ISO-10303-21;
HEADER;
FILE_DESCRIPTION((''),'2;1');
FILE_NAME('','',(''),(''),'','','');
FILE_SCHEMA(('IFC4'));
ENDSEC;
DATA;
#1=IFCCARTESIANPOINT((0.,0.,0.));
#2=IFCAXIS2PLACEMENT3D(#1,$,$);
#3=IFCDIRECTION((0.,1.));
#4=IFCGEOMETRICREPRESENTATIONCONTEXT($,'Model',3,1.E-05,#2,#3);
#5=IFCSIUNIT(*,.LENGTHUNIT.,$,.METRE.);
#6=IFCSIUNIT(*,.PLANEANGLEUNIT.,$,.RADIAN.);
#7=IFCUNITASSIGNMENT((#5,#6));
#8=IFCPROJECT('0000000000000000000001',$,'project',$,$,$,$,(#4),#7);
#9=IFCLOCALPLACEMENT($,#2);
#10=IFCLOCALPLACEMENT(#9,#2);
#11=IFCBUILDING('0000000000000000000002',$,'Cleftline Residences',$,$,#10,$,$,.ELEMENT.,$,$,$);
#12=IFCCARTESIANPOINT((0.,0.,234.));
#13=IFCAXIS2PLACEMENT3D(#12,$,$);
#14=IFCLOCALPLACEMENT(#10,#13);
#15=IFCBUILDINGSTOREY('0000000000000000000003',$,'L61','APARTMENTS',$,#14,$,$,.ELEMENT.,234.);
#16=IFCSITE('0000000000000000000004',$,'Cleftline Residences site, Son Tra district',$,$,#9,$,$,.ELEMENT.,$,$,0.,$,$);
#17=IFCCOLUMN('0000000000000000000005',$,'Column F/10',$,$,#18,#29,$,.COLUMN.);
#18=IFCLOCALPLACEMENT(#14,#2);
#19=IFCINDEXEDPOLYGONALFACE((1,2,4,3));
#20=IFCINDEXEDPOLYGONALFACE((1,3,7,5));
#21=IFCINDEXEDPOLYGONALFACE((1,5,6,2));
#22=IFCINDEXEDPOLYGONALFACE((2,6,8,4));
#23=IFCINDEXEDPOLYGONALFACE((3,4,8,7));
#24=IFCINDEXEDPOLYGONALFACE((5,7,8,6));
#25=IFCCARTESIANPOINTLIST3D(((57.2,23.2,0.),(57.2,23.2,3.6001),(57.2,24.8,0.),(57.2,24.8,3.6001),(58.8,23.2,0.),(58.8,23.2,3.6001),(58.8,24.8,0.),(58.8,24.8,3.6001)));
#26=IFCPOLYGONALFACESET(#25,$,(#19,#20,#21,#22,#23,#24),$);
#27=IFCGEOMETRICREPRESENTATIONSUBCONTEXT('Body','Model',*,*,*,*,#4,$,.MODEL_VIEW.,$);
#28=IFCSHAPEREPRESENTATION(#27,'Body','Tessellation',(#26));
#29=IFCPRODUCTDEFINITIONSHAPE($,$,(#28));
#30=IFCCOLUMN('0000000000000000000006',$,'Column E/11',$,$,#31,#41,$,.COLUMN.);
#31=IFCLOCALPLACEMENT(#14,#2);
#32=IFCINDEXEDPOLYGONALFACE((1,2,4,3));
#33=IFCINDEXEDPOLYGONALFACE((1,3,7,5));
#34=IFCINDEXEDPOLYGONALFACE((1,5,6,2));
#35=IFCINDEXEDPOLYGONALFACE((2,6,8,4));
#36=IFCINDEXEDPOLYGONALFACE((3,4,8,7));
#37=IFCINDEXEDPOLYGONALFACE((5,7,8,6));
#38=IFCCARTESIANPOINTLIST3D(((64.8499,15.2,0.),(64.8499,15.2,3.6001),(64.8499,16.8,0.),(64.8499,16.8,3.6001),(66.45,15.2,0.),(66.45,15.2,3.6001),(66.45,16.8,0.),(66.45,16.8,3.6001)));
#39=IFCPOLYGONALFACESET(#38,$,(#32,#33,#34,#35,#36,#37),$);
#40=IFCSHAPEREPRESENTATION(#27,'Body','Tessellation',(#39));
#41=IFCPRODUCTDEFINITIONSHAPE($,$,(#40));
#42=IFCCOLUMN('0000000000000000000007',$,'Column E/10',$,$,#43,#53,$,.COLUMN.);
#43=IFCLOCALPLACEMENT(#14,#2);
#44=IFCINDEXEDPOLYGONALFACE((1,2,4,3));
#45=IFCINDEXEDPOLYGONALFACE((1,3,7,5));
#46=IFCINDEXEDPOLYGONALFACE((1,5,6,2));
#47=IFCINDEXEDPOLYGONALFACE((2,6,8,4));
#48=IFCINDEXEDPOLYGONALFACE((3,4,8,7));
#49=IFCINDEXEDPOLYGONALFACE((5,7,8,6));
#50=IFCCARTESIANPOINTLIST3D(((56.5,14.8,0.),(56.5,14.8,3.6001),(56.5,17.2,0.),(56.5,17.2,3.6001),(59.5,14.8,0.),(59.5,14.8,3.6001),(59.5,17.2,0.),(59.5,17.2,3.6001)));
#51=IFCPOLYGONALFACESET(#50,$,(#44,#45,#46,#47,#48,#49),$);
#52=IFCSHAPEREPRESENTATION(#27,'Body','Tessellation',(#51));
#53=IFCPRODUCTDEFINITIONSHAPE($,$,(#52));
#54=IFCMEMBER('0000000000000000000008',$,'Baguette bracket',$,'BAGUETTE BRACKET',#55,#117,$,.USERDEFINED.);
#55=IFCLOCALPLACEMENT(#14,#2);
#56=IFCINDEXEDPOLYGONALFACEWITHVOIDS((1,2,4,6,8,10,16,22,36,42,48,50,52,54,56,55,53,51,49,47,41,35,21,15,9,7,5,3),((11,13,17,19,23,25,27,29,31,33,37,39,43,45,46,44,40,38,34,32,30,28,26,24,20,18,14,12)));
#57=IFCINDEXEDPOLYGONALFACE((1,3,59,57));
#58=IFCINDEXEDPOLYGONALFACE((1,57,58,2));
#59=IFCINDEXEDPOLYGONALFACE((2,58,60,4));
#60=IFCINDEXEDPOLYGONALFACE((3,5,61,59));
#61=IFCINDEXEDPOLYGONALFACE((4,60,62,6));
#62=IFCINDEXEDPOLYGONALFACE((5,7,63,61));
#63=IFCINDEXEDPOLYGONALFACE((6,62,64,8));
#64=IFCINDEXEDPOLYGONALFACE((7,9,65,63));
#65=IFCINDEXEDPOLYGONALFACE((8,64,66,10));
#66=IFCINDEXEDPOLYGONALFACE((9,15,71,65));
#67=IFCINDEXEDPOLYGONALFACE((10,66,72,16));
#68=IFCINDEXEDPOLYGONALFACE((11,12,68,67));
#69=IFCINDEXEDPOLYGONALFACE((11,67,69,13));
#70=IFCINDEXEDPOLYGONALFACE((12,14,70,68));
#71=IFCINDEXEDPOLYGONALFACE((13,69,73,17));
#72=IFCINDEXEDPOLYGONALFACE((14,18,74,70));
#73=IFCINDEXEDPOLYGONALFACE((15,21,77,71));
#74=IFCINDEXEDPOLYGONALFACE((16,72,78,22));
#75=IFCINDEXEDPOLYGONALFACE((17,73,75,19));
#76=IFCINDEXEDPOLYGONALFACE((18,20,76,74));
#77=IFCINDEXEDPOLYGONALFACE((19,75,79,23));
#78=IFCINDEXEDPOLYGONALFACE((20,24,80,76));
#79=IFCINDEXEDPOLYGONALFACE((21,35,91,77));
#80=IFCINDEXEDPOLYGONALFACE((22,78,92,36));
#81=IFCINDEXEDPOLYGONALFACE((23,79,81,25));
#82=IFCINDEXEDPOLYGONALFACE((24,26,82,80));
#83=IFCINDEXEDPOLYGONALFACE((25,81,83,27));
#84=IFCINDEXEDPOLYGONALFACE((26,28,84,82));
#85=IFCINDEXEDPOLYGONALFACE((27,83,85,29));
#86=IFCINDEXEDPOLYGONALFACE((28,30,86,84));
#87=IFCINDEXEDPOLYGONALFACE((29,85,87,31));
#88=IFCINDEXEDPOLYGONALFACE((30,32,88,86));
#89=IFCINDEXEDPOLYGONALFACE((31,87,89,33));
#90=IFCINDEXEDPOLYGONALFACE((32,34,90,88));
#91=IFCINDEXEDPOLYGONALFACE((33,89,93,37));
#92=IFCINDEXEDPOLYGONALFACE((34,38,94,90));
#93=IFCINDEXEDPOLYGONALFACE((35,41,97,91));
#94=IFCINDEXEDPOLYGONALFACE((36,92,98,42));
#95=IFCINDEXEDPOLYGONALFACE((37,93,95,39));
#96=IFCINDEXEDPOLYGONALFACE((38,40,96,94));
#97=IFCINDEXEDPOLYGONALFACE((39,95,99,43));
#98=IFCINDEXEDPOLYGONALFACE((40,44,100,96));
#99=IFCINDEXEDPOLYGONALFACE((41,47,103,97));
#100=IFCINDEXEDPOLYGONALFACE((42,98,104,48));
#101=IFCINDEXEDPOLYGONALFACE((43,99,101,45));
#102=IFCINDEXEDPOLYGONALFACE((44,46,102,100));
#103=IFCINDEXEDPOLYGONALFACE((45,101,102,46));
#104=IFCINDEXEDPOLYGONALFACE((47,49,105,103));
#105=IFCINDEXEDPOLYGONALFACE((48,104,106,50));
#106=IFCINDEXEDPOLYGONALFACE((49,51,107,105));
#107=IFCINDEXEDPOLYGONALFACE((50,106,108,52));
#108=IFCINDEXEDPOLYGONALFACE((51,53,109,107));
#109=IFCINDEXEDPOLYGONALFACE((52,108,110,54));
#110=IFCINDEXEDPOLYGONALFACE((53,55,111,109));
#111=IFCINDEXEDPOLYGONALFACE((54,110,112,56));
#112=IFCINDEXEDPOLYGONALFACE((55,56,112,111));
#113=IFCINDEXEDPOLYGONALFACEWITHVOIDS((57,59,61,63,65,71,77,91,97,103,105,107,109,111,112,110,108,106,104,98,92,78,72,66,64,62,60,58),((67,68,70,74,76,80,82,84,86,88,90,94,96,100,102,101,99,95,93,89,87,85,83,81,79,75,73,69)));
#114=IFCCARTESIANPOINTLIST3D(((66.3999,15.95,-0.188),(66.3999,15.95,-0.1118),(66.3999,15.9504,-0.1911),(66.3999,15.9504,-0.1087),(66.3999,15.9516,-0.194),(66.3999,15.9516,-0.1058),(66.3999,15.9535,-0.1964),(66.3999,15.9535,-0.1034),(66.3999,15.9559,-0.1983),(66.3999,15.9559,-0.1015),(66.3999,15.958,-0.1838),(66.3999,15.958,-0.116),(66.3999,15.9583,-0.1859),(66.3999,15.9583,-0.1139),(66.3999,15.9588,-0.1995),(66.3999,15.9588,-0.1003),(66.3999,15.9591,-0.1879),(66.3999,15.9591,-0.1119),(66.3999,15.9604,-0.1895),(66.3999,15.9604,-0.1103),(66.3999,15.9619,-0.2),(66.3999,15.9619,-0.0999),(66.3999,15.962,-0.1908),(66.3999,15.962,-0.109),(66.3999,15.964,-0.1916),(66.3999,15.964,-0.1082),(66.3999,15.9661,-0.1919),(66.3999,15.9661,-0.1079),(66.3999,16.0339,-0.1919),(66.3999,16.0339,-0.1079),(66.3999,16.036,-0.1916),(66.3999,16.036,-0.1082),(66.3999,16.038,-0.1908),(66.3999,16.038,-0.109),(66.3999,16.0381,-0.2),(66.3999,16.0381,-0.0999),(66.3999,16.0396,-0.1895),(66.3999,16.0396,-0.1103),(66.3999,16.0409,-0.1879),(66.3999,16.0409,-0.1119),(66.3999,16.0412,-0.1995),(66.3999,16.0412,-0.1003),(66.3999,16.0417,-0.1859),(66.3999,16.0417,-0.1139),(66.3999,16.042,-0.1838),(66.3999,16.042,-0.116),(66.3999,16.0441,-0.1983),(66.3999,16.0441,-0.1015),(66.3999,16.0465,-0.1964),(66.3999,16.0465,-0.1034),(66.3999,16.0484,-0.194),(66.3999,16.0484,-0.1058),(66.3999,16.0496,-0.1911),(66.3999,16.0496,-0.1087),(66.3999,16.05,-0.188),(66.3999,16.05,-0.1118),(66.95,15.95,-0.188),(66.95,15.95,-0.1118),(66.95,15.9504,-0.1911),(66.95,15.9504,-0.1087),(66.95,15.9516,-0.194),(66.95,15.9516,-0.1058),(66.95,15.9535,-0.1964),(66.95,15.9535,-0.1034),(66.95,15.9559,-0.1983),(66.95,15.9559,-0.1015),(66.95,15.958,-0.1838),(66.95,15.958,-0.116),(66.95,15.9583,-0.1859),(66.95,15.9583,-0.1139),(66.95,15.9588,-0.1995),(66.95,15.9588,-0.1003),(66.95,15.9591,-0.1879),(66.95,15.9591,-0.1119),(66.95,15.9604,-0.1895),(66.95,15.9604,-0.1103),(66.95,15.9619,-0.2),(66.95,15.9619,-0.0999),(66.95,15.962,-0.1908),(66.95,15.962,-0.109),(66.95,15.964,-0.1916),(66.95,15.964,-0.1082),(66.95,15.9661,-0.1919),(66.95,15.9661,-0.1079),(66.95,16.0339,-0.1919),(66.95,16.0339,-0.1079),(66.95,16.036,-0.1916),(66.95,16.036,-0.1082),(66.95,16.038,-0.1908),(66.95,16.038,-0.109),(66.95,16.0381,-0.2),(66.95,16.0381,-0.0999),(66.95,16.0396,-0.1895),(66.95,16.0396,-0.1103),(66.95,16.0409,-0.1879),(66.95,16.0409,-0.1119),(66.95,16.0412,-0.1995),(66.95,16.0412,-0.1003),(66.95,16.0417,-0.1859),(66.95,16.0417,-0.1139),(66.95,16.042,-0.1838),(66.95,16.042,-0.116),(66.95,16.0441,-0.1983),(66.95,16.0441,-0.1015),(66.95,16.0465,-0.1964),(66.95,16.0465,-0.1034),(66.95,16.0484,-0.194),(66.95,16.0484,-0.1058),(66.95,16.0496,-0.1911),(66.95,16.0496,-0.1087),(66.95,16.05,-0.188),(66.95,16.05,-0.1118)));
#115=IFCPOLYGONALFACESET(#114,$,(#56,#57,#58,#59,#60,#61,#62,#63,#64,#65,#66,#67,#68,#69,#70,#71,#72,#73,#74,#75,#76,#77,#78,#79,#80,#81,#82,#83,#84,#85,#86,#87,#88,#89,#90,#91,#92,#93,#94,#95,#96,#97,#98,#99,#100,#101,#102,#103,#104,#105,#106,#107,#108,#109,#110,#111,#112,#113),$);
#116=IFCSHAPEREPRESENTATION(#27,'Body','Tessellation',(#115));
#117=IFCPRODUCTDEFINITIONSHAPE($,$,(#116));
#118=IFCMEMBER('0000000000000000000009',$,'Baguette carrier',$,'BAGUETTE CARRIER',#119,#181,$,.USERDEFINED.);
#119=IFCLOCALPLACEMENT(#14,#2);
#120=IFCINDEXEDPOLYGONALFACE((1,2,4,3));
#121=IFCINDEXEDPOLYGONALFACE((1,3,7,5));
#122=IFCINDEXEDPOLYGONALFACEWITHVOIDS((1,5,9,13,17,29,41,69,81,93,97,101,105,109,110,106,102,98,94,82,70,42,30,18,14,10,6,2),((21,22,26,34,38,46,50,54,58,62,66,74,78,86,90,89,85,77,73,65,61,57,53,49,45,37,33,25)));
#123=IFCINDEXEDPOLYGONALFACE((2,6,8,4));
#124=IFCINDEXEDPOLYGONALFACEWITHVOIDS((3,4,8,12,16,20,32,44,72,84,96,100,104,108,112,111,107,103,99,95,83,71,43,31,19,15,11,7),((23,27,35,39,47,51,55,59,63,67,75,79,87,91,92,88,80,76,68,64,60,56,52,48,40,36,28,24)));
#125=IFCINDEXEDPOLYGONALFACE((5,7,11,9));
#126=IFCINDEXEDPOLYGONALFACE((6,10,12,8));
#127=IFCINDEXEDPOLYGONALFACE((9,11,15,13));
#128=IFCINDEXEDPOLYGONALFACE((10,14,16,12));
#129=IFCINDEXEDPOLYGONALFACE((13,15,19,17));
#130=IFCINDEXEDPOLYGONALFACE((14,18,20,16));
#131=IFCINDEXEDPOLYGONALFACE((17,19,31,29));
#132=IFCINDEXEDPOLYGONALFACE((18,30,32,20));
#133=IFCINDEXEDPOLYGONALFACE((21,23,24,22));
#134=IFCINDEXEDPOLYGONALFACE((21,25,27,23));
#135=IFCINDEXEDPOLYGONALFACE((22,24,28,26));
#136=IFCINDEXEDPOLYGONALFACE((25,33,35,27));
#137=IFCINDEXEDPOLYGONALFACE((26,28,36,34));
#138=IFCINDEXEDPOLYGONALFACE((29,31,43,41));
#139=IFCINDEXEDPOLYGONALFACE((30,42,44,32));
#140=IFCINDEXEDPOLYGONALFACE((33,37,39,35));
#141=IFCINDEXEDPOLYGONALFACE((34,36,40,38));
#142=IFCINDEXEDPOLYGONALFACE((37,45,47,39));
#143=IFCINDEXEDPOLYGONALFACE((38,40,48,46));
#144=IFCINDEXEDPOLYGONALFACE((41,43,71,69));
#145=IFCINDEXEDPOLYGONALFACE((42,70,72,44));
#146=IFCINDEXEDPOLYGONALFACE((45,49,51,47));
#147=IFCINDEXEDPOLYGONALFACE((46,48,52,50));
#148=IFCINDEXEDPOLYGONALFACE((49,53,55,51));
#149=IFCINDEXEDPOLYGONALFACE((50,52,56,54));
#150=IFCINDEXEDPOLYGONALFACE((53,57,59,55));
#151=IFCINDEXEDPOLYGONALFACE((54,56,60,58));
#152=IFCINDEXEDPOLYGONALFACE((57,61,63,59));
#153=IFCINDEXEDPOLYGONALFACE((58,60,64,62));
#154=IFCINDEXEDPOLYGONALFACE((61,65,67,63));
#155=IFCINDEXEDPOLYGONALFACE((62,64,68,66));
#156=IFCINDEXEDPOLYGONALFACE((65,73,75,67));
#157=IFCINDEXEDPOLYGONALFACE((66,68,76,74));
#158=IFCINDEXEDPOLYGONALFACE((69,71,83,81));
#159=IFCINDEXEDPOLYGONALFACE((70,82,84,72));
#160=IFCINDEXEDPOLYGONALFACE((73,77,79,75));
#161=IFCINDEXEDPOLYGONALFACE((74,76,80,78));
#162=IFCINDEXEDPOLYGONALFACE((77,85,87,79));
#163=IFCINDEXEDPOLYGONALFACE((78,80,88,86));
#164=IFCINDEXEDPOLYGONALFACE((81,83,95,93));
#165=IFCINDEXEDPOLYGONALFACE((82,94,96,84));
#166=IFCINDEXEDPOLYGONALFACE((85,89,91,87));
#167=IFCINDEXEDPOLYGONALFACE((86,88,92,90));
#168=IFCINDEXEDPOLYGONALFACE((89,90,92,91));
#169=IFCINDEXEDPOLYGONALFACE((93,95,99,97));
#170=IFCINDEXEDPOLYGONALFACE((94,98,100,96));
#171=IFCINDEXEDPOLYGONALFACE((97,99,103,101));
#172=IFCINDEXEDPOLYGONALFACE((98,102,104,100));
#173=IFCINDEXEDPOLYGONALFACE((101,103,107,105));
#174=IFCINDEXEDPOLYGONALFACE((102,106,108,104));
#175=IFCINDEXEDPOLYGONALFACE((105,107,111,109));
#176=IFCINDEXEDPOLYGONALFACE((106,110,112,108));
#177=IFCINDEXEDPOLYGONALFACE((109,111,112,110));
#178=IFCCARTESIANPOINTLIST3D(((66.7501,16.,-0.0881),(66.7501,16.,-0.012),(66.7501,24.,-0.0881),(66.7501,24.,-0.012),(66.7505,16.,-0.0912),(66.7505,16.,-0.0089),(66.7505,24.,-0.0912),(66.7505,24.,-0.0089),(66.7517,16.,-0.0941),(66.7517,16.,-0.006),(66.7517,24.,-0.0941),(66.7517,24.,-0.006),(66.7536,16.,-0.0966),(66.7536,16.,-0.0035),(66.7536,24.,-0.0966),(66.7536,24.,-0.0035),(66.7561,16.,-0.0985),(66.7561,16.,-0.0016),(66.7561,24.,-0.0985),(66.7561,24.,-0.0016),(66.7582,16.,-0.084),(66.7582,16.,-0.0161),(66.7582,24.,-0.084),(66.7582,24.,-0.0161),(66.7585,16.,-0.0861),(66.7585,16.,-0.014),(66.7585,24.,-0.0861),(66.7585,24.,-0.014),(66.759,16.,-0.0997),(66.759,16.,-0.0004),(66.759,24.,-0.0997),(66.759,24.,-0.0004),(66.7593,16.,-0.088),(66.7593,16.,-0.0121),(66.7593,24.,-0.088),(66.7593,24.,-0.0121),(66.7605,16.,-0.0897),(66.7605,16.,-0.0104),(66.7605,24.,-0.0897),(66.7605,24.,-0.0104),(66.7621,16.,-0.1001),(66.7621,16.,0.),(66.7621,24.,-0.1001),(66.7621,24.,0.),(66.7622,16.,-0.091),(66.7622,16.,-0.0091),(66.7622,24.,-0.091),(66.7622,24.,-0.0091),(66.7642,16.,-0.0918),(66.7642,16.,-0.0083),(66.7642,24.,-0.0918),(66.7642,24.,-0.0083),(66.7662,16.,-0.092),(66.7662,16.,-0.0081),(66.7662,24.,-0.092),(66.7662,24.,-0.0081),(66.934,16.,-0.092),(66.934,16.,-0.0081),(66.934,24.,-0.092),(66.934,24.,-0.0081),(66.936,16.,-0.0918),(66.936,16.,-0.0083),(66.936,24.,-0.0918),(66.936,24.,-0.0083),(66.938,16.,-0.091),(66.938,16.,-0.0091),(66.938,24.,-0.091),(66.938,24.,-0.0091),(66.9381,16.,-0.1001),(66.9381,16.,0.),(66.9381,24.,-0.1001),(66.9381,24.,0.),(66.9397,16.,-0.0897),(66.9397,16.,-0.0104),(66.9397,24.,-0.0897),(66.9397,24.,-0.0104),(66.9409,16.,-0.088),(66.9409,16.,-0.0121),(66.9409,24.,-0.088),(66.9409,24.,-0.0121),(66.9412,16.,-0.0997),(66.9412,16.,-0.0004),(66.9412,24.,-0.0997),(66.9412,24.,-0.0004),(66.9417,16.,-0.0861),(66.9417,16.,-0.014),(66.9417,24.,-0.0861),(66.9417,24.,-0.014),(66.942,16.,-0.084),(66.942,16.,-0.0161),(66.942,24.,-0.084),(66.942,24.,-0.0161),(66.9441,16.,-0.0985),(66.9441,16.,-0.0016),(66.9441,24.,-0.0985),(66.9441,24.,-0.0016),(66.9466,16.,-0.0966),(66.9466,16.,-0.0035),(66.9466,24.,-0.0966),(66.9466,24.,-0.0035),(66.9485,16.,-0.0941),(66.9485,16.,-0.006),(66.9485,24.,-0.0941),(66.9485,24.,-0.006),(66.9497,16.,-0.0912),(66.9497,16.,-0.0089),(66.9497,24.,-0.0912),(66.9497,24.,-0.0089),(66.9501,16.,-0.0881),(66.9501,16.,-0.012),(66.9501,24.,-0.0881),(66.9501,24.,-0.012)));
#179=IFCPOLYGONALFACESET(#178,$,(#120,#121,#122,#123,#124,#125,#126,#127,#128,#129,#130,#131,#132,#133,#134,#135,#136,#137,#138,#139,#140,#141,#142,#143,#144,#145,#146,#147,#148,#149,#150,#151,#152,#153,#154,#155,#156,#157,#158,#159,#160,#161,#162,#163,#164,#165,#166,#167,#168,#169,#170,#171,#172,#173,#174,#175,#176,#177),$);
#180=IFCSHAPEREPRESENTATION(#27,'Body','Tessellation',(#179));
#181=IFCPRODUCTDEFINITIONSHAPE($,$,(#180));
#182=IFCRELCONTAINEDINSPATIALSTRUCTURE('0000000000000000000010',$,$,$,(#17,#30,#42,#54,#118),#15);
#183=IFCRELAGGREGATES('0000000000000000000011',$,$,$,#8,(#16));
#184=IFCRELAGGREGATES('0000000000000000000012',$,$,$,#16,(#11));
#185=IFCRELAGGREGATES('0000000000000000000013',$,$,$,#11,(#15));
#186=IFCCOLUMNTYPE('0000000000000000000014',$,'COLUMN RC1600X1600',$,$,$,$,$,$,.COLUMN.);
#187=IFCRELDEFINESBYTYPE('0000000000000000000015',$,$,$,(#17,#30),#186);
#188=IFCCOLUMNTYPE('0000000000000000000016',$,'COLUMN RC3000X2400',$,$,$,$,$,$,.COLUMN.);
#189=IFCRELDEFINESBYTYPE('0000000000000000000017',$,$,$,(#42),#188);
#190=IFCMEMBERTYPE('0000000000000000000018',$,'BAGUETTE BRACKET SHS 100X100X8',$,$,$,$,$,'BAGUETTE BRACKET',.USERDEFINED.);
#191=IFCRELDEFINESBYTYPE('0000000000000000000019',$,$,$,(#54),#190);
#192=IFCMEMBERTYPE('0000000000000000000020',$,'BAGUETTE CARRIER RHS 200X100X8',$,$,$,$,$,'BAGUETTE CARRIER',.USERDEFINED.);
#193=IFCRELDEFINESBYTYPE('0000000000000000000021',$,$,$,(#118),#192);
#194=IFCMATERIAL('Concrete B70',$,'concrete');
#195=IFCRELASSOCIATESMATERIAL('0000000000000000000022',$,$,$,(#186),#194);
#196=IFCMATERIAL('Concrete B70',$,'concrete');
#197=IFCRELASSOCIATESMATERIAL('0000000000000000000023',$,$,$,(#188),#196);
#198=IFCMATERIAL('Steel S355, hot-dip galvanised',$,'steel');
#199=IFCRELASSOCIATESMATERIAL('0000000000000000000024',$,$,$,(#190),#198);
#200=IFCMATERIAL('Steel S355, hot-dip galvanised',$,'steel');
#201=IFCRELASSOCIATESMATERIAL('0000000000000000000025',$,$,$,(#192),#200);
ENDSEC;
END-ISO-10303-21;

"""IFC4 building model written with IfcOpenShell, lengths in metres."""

from ifc_helpers import new_model, si_unit, direction, frame, origin, origin_2d, place, context, subcontext, project, spatial, rectangle, hollow_rectangle, extrude, material, material_profile, profile_set, type_object, element, save


model = new_model("IFC4")

# Units and contexts
model_context = context("Model", 3, precision=1e-05, world=origin(), true_north=direction((0.0, 1.0)))
body_context = subcontext(model_context, "Body", "Model", "MODEL_VIEW")
ifc_project = project(units=[si_unit("LENGTHUNIT", "METRE"), si_unit("PLANEANGLEUNIT", "RADIAN")], contexts=[model_context])

# Site, building, storey
site_placement = place(None, origin())
site = spatial("IfcSite", under=ifc_project, at=site_placement, Name="Cleftline Residences site, Son Tra district", CompositionType="ELEMENT", RefElevation=0.0)
building_placement = place(site_placement, origin())
building = spatial("IfcBuilding", under=site, at=building_placement, Name="Cleftline Residences", CompositionType="ELEMENT")
storey_placement = place(building_placement, frame((0.0, 0.0, 234.0)))
storey = spatial("IfcBuildingStorey", under=building, at=storey_placement, Name="L61", Description="APARTMENTS", CompositionType="ELEMENT", Elevation=234.0)

# Columns
ifc_material_1 = material(Name="Concrete B70", Category="concrete")
ifc_material_profile_1 = material_profile(ifc_material_1, rectangle(XDim=1.6001, YDim=1.6001, at=origin_2d()))
ifc_profile_set_1 = profile_set([ifc_material_profile_1], Name="Concrete B70")
column_type_1 = type_object("IfcColumnType", Name="COLUMN RC1600X1600", PredefinedType="COLUMN", material=ifc_profile_set_1)
for number, where, z_axis, x_axis, name in (
    (1, (58.0, 24.0, 0.0), (0.0, 0.0, 1.0), (1.0, 0.0, 0.0), "Column F/10"),
    (2, (65.6499, 16.0, 0.0), (0.0, 0.0, 1.0), (1.0, 0.0, 0.0), "Column E/11"),
):
    element("IfcColumn", number, at=place(storey_placement, frame(where, z_axis=z_axis, x_axis=x_axis)), inside=storey, type_object=column_type_1, Name=name, PredefinedType="COLUMN", context=body_context, shape_type="SweptSolid", body=[
        extrude(rectangle(XDim=1.6001, YDim=1.6001, at=origin_2d()), origin(), (0.0, 0.0, 1.0), 3.6001),
    ])
ifc_material_2 = material(Name="Concrete B70", Category="concrete")
ifc_material_profile_2 = material_profile(ifc_material_2, rectangle(XDim=3.0, YDim=2.3999, at=origin_2d()))
ifc_profile_set_2 = profile_set([ifc_material_profile_2], Name="Concrete B70")
column_type_2 = type_object("IfcColumnType", Name="COLUMN RC3000X2400", PredefinedType="COLUMN", material=ifc_profile_set_2)
column_placement = place(storey_placement, frame((58.0, 16.0, 0.0), z_axis=(0.0, 0.0, 1.0), x_axis=(1.0, 0.0, 0.0)))
element("IfcColumn", 3, at=column_placement, inside=storey, type_object=column_type_2, Name="Column E/10", PredefinedType="COLUMN", context=body_context, shape_type="SweptSolid", body=[
    extrude(rectangle(XDim=3.0, YDim=2.3999, at=origin_2d()), origin(), (0.0, 0.0, 1.0), 3.6001),
])

# Members
ifc_material_3 = material(Name="Steel S355, hot-dip galvanised", Category="steel")
ifc_material_profile_3 = material_profile(ifc_material_3, hollow_rectangle(XDim=0.1001, YDim=0.1001, WallThickness=0.0081, InnerFilletRadius=0.0081, OuterFilletRadius=0.012, at=origin_2d()))
ifc_profile_set_3 = profile_set([ifc_material_profile_3], Name="Steel S355, hot-dip galvanised")
member_type_1 = type_object("IfcMemberType", Name="BAGUETTE BRACKET SHS 100X100X8", ElementType="BAGUETTE BRACKET", PredefinedType="USERDEFINED", material=ifc_profile_set_3)
member_1_placement = place(storey_placement, frame((66.3999, 16.0, -0.1499), z_axis=(1.0, 0.0, 0.0), x_axis=(0.0, 1.0, 0.0)))
element("IfcMember", 4, at=member_1_placement, inside=storey, type_object=member_type_1, Name="Baguette bracket", ObjectType="BAGUETTE BRACKET", PredefinedType="USERDEFINED", context=body_context, shape_type="SweptSolid", body=[
    extrude(hollow_rectangle(XDim=0.1001, YDim=0.1001, WallThickness=0.0081, InnerFilletRadius=0.0081, OuterFilletRadius=0.012, at=origin_2d()), origin(), (0.0, 0.0, 1.0), 0.55),
])
ifc_material_4 = material(Name="Steel S355, hot-dip galvanised", Category="steel")
ifc_material_profile_4 = material_profile(ifc_material_4, hollow_rectangle(XDim=0.1001, YDim=0.2, WallThickness=0.0081, InnerFilletRadius=0.0081, OuterFilletRadius=0.012, at=origin_2d()))
ifc_profile_set_4 = profile_set([ifc_material_profile_4], Name="Steel S355, hot-dip galvanised")
member_type_2 = type_object("IfcMemberType", Name="BAGUETTE CARRIER RHS 200X100X8", ElementType="BAGUETTE CARRIER", PredefinedType="USERDEFINED", material=ifc_profile_set_4)
member_2_placement = place(storey_placement, frame((66.8501, 16.0, -0.05), z_axis=(0.0, 1.0, 0.0), x_axis=(0.0, 0.0, 1.0)))
element("IfcMember", 5, at=member_2_placement, inside=storey, type_object=member_type_2, Name="Baguette carrier", ObjectType="BAGUETTE CARRIER", PredefinedType="USERDEFINED", context=body_context, shape_type="SweptSolid", body=[
    extrude(hollow_rectangle(XDim=0.1001, YDim=0.2, WallThickness=0.0081, InnerFilletRadius=0.0081, OuterFilletRadius=0.012, at=origin_2d()), origin(), (0.0, 0.0, 1.0), 8.0),
])

save(model, "model.ifc")
